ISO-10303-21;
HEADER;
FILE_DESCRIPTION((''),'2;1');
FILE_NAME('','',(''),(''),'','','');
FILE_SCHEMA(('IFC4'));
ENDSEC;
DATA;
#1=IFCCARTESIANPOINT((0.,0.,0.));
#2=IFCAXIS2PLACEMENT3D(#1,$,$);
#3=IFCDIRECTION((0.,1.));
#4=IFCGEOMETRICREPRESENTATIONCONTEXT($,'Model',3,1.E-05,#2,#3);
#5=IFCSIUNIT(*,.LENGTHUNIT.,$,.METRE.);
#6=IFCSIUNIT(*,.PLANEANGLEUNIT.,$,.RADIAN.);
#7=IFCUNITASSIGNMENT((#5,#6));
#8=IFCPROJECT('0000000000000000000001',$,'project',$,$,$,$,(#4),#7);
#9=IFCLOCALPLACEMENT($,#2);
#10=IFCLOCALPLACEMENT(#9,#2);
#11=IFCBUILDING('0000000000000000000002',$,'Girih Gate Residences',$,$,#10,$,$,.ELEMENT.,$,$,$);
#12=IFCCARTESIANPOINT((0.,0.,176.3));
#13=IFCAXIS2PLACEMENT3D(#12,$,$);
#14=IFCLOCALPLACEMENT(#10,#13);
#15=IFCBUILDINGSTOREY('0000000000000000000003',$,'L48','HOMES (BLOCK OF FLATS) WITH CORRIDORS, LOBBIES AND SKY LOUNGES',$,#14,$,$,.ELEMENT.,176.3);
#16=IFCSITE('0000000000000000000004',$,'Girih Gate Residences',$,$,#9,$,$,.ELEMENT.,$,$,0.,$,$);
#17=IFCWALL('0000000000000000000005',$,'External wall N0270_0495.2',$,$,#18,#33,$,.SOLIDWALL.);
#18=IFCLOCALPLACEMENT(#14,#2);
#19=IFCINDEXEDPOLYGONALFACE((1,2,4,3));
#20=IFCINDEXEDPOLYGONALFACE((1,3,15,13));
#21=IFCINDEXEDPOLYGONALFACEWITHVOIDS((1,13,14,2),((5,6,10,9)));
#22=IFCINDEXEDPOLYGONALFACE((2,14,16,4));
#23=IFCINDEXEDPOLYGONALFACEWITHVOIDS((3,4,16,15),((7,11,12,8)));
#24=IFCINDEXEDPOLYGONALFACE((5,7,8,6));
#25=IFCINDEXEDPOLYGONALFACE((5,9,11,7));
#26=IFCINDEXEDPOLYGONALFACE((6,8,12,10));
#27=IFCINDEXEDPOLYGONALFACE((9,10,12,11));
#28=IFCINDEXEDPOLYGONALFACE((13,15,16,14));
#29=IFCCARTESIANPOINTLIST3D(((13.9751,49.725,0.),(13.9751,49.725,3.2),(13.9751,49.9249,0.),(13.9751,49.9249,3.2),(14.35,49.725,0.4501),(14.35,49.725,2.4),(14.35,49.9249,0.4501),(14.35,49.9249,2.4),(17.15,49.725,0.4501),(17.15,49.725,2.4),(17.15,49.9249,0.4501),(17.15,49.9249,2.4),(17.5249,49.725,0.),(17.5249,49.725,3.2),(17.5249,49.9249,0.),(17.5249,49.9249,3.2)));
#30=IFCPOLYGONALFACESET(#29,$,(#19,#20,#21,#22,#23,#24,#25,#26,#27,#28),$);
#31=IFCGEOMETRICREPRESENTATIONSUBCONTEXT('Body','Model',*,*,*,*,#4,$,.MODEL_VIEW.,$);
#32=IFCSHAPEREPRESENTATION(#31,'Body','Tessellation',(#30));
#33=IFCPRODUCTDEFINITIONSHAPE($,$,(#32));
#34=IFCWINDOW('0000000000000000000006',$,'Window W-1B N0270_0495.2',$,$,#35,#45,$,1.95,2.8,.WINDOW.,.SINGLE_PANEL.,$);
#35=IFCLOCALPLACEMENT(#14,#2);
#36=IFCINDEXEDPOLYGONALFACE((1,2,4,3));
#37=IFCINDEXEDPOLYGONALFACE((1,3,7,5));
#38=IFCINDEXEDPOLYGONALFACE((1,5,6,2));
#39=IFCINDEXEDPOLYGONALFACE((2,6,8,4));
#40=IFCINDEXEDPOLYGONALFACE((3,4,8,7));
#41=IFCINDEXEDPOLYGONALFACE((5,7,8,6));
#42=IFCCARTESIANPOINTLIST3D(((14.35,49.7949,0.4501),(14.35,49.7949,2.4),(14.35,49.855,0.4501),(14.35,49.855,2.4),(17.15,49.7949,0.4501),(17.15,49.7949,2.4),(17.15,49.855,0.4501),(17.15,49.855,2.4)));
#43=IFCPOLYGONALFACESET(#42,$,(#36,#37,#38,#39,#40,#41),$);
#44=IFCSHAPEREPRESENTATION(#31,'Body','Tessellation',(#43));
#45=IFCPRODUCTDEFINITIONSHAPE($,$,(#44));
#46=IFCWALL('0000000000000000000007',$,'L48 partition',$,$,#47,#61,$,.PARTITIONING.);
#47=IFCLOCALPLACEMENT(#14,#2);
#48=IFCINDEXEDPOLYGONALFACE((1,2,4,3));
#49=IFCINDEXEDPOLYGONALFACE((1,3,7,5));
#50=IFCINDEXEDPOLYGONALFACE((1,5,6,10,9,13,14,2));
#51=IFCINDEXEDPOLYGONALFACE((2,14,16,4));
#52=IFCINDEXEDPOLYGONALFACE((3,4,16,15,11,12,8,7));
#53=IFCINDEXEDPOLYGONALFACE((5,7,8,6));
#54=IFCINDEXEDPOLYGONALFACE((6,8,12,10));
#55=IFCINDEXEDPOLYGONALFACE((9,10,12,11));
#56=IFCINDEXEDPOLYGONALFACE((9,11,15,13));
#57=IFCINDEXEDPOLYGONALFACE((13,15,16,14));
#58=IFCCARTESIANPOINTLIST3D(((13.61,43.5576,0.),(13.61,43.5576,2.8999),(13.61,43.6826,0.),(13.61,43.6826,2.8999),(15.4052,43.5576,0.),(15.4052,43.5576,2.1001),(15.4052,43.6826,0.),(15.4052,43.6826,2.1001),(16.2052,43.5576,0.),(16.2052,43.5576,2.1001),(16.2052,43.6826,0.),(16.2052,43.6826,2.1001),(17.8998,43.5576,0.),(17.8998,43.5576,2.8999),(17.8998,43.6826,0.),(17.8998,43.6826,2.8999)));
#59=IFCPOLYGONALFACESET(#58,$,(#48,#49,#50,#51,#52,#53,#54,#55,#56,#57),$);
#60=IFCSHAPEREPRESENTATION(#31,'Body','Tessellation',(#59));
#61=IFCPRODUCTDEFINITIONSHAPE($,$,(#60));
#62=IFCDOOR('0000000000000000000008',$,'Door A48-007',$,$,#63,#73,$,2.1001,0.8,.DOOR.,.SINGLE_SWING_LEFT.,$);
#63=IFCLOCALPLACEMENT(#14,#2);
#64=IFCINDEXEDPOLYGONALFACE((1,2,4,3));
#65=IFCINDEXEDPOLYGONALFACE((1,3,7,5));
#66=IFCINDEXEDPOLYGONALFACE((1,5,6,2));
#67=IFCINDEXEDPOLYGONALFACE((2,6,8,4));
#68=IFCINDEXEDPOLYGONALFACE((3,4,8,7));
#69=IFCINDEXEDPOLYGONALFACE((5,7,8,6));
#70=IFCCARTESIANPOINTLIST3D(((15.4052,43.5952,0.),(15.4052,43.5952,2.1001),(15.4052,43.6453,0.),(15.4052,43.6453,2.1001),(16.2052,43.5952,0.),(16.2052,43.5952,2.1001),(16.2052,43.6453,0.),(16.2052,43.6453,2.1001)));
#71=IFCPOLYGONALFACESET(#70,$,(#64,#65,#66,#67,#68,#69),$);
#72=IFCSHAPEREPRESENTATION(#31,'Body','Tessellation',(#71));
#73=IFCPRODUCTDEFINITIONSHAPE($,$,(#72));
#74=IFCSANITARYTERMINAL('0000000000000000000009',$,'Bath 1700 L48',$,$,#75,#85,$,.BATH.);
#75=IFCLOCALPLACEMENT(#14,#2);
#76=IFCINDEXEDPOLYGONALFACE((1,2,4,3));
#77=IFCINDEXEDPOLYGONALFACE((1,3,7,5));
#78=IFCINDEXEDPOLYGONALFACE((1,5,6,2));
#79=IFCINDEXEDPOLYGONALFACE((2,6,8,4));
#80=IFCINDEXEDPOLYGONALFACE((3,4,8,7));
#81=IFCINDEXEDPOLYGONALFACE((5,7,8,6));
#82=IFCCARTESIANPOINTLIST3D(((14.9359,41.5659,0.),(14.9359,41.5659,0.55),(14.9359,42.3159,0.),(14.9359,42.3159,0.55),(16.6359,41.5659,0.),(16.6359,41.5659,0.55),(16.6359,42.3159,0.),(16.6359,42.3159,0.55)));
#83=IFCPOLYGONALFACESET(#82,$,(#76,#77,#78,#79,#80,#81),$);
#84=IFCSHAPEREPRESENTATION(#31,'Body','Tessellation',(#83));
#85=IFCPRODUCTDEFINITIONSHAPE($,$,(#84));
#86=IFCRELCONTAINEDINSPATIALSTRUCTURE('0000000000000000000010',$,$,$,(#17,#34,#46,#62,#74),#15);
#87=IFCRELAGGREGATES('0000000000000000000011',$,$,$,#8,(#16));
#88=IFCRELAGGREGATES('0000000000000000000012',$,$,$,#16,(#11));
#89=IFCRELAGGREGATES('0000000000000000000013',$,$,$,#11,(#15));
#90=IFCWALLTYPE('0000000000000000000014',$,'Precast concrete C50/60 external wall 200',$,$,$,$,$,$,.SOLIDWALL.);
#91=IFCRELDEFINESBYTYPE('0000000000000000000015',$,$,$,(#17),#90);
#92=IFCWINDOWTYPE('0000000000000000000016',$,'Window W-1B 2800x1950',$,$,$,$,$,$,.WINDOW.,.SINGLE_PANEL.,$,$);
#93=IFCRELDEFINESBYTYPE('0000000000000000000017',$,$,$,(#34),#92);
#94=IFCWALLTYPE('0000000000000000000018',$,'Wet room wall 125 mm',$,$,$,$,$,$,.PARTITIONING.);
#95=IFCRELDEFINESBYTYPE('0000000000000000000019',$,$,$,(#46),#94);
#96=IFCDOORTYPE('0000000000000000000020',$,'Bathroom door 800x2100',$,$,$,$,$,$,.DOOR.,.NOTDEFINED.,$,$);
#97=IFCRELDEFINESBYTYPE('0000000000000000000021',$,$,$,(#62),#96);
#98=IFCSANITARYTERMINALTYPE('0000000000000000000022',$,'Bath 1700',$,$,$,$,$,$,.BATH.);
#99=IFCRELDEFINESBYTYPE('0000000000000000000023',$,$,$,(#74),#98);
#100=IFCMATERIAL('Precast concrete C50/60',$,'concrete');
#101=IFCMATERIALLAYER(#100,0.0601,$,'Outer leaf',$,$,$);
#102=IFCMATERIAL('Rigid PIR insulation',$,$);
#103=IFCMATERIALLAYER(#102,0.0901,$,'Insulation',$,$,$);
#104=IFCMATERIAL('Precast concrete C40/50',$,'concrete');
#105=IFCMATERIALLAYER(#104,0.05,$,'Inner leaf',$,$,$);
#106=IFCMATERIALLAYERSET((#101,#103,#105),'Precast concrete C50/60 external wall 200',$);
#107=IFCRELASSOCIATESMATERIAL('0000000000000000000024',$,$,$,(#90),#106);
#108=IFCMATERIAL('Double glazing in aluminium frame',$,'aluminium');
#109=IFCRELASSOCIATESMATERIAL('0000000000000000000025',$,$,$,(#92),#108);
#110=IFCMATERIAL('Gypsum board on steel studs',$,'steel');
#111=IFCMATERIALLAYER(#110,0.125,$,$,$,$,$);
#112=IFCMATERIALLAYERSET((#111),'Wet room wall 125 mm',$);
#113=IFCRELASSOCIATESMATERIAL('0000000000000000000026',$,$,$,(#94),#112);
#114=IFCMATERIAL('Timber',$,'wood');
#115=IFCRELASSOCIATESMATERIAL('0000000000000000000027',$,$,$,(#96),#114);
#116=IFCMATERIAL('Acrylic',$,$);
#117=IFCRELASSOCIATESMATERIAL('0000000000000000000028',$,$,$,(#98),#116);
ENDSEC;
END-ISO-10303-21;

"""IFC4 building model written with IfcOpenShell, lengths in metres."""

from ifc_helpers import new_model, si_unit, direction, frame, frame_2d, origin, origin_2d, place, context, subcontext, project, spatial, rectangle, extrude, material, layer, layer_set, type_object, element, fill, save


model = new_model("IFC4")

# Units and contexts
model_context = context("Model", 3, precision=1e-05, world=origin(), true_north=direction((0.0, 1.0)))
body_context = subcontext(model_context, "Body", "Model", "MODEL_VIEW")
ifc_project = project(units=[si_unit("LENGTHUNIT", "METRE"), si_unit("PLANEANGLEUNIT", "RADIAN")], contexts=[model_context])

# Site, building, storey
site_placement = place(None, origin())
site = spatial("IfcSite", under=ifc_project, at=site_placement, Name="Girih Gate Residences", CompositionType="ELEMENT", RefElevation=0.0)
building_placement = place(site_placement, origin())
building = spatial("IfcBuilding", under=site, at=building_placement, Name="Girih Gate Residences", CompositionType="ELEMENT")
storey_placement = place(building_placement, frame((0.0, 0.0, 176.3)))
storey = spatial("IfcBuildingStorey", under=building, at=storey_placement, Name="L48", Description="HOMES (BLOCK OF FLATS) WITH CORRIDORS, LOBBIES AND SKY LOUNGES", CompositionType="ELEMENT", Elevation=176.3)

# Shared definitions
ifc_material_1 = material(Name="Gypsum board on steel studs", Category="steel")

# Shared definitions
ifc_material_2 = material(Name="Timber", Category="wood")

# Wall, opening, window
ifc_material_3 = material(Name="Precast concrete C50/60", Category="concrete")
ifc_layer_1 = layer(ifc_material_3, 0.0601, Name="Outer leaf")
ifc_material_4 = material(Name="Rigid PIR insulation")
ifc_layer_2 = layer(ifc_material_4, 0.0901, Name="Insulation")
ifc_material_5 = material(Name="Precast concrete C40/50", Category="concrete")
ifc_layer_3 = layer(ifc_material_5, 0.05, Name="Inner leaf")
ifc_layer_set_1 = layer_set([ifc_layer_1, ifc_layer_2, ifc_layer_3], Name="Precast concrete C50/60 external wall 200")
wall_type_1 = type_object("IfcWallType", Name="Precast concrete C50/60 external wall 200", PredefinedType="SOLIDWALL", material=ifc_layer_set_1)
wall_1_placement = place(storey_placement, frame((13.9751, 49.825, 0.0), z_axis=(0.0, 0.0, 1.0), x_axis=(1.0, 0.0, 0.0)))
wall_1 = element("IfcWall", 1, at=wall_1_placement, inside=storey, type_object=wall_type_1, Name="External wall N0270_0495.2", PredefinedType="SOLIDWALL", context=body_context, shape_type="SweptSolid", body=[
    extrude(rectangle(XDim=3.5498, YDim=0.2, at=frame_2d((1.7749, 0.0))), origin(), (0.0, 0.0, 1.0), 3.2),
])
opening_1_placement = place(wall_1_placement, frame((0.375, 0.0, 0.45)))
opening_1 = element("IfcOpeningElement", 2, at=opening_1_placement, cuts=wall_1, PredefinedType="OPENING", context=body_context, shape_type="SweptSolid", body=[
    extrude(rectangle(XDim=2.8, YDim=1.95, at=frame_2d((1.3999, 0.9751))), frame((0.0, 0.1099, 0.0), z_axis=(0.0, -1.0, 0.0), x_axis=(1.0, 0.0, 0.0)), (0.0, 0.0, 1.0), 0.22),
])
ifc_material_6 = material(Name="Double glazing in aluminium frame", Category="aluminium")
window_type = type_object("IfcWindowType", Name="Window W-1B 2800x1950", PartitioningType="SINGLE_PANEL", PredefinedType="WINDOW", material=ifc_material_6)
window_placement = place(opening_1_placement, origin())
window = element("IfcWindow", 3, at=window_placement, inside=storey, type_object=window_type, Name="Window W-1B N0270_0495.2", OverallHeight=1.95, OverallWidth=2.8, PartitioningType="SINGLE_PANEL", PredefinedType="WINDOW", context=body_context, shape_type="SweptSolid", body=[
    extrude(rectangle(XDim=2.8, YDim=1.95, at=frame_2d((1.3999, 0.9751))), frame((0.0, 0.03, 0.0), z_axis=(0.0, -1.0, 0.0), x_axis=(1.0, 0.0, 0.0)), (0.0, 0.0, 1.0), 0.0601),
])
fill(opening_1, window)

# Wall, opening, door
ifc_layer_4 = layer(ifc_material_1, 0.125)
ifc_layer_set_2 = layer_set([ifc_layer_4], Name="Wet room wall 125 mm")
wall_type_2 = type_object("IfcWallType", Name="Wet room wall 125 mm", PredefinedType="PARTITIONING", material=ifc_layer_set_2)
wall_2_placement = place(storey_placement, frame((17.8999, 43.6201, 0.0), z_axis=(0.0, 0.0, 1.0), x_axis=(-1.0, 0.0, 0.0)))
wall_2 = element("IfcWall", 4, at=wall_2_placement, inside=storey, type_object=wall_type_2, Name="L48 partition", PredefinedType="PARTITIONING", context=body_context, shape_type="SweptSolid", body=[
    extrude(rectangle(XDim=4.2898, YDim=0.125, at=frame_2d((2.145, 0.0))), origin(), (0.0, 0.0, 1.0), 2.8999),
])
opening_2_placement = place(wall_2_placement, frame((1.6948, 0.0, 0.0)))
opening_2 = element("IfcOpeningElement", 5, at=opening_2_placement, cuts=wall_2, PredefinedType="OPENING", context=body_context, shape_type="SweptSolid", body=[
    extrude(rectangle(XDim=0.8, YDim=2.1001, at=frame_2d((0.3999, 1.05))), frame((0.0, 0.0725, 0.0), z_axis=(0.0, -1.0, 0.0), x_axis=(1.0, 0.0, 0.0)), (0.0, 0.0, 1.0), 0.145),
])
door_type_1 = type_object("IfcDoorType", Name="Bathroom door 800x2100", OperationType="NOTDEFINED", PredefinedType="DOOR", material=ifc_material_2)
door_1_placement = place(opening_2_placement, origin())
door_1 = element("IfcDoor", 6, at=door_1_placement, inside=storey, type_object=door_type_1, Name="Door A48-007", OperationType="SINGLE_SWING_LEFT", OverallHeight=2.1001, OverallWidth=0.8, PredefinedType="DOOR", context=body_context, shape_type="SweptSolid", body=[
    extrude(rectangle(XDim=0.8, YDim=2.1001, at=frame_2d((0.3999, 1.05))), frame((0.0, 0.0249, 0.0), z_axis=(0.0, -1.0, 0.0), x_axis=(1.0, 0.0, 0.0)), (0.0, 0.0, 1.0), 0.05),
])
fill(opening_2, door_1)

# Sanitary terminal
ifc_material_7 = material(Name="Acrylic")
sanitary_terminal_type = type_object("IfcSanitaryTerminalType", Name="Bath 1700", PredefinedType="BATH", material=ifc_material_7)
sanitary_terminal_placement = place(storey_placement, frame((15.7859, 41.9409, 0.0), z_axis=(0.0, 0.0, 1.0), x_axis=(1.0, 0.0, 0.0)))
element("IfcSanitaryTerminal", 7, at=sanitary_terminal_placement, inside=storey, type_object=sanitary_terminal_type, Name="Bath 1700 L48", PredefinedType="BATH", context=body_context, shape_type="SweptSolid", body=[
    extrude(rectangle(XDim=1.7, YDim=0.75, at=origin_2d()), origin(), (0.0, 0.0, 1.0), 0.55),
])

save(model, "model.ifc")
